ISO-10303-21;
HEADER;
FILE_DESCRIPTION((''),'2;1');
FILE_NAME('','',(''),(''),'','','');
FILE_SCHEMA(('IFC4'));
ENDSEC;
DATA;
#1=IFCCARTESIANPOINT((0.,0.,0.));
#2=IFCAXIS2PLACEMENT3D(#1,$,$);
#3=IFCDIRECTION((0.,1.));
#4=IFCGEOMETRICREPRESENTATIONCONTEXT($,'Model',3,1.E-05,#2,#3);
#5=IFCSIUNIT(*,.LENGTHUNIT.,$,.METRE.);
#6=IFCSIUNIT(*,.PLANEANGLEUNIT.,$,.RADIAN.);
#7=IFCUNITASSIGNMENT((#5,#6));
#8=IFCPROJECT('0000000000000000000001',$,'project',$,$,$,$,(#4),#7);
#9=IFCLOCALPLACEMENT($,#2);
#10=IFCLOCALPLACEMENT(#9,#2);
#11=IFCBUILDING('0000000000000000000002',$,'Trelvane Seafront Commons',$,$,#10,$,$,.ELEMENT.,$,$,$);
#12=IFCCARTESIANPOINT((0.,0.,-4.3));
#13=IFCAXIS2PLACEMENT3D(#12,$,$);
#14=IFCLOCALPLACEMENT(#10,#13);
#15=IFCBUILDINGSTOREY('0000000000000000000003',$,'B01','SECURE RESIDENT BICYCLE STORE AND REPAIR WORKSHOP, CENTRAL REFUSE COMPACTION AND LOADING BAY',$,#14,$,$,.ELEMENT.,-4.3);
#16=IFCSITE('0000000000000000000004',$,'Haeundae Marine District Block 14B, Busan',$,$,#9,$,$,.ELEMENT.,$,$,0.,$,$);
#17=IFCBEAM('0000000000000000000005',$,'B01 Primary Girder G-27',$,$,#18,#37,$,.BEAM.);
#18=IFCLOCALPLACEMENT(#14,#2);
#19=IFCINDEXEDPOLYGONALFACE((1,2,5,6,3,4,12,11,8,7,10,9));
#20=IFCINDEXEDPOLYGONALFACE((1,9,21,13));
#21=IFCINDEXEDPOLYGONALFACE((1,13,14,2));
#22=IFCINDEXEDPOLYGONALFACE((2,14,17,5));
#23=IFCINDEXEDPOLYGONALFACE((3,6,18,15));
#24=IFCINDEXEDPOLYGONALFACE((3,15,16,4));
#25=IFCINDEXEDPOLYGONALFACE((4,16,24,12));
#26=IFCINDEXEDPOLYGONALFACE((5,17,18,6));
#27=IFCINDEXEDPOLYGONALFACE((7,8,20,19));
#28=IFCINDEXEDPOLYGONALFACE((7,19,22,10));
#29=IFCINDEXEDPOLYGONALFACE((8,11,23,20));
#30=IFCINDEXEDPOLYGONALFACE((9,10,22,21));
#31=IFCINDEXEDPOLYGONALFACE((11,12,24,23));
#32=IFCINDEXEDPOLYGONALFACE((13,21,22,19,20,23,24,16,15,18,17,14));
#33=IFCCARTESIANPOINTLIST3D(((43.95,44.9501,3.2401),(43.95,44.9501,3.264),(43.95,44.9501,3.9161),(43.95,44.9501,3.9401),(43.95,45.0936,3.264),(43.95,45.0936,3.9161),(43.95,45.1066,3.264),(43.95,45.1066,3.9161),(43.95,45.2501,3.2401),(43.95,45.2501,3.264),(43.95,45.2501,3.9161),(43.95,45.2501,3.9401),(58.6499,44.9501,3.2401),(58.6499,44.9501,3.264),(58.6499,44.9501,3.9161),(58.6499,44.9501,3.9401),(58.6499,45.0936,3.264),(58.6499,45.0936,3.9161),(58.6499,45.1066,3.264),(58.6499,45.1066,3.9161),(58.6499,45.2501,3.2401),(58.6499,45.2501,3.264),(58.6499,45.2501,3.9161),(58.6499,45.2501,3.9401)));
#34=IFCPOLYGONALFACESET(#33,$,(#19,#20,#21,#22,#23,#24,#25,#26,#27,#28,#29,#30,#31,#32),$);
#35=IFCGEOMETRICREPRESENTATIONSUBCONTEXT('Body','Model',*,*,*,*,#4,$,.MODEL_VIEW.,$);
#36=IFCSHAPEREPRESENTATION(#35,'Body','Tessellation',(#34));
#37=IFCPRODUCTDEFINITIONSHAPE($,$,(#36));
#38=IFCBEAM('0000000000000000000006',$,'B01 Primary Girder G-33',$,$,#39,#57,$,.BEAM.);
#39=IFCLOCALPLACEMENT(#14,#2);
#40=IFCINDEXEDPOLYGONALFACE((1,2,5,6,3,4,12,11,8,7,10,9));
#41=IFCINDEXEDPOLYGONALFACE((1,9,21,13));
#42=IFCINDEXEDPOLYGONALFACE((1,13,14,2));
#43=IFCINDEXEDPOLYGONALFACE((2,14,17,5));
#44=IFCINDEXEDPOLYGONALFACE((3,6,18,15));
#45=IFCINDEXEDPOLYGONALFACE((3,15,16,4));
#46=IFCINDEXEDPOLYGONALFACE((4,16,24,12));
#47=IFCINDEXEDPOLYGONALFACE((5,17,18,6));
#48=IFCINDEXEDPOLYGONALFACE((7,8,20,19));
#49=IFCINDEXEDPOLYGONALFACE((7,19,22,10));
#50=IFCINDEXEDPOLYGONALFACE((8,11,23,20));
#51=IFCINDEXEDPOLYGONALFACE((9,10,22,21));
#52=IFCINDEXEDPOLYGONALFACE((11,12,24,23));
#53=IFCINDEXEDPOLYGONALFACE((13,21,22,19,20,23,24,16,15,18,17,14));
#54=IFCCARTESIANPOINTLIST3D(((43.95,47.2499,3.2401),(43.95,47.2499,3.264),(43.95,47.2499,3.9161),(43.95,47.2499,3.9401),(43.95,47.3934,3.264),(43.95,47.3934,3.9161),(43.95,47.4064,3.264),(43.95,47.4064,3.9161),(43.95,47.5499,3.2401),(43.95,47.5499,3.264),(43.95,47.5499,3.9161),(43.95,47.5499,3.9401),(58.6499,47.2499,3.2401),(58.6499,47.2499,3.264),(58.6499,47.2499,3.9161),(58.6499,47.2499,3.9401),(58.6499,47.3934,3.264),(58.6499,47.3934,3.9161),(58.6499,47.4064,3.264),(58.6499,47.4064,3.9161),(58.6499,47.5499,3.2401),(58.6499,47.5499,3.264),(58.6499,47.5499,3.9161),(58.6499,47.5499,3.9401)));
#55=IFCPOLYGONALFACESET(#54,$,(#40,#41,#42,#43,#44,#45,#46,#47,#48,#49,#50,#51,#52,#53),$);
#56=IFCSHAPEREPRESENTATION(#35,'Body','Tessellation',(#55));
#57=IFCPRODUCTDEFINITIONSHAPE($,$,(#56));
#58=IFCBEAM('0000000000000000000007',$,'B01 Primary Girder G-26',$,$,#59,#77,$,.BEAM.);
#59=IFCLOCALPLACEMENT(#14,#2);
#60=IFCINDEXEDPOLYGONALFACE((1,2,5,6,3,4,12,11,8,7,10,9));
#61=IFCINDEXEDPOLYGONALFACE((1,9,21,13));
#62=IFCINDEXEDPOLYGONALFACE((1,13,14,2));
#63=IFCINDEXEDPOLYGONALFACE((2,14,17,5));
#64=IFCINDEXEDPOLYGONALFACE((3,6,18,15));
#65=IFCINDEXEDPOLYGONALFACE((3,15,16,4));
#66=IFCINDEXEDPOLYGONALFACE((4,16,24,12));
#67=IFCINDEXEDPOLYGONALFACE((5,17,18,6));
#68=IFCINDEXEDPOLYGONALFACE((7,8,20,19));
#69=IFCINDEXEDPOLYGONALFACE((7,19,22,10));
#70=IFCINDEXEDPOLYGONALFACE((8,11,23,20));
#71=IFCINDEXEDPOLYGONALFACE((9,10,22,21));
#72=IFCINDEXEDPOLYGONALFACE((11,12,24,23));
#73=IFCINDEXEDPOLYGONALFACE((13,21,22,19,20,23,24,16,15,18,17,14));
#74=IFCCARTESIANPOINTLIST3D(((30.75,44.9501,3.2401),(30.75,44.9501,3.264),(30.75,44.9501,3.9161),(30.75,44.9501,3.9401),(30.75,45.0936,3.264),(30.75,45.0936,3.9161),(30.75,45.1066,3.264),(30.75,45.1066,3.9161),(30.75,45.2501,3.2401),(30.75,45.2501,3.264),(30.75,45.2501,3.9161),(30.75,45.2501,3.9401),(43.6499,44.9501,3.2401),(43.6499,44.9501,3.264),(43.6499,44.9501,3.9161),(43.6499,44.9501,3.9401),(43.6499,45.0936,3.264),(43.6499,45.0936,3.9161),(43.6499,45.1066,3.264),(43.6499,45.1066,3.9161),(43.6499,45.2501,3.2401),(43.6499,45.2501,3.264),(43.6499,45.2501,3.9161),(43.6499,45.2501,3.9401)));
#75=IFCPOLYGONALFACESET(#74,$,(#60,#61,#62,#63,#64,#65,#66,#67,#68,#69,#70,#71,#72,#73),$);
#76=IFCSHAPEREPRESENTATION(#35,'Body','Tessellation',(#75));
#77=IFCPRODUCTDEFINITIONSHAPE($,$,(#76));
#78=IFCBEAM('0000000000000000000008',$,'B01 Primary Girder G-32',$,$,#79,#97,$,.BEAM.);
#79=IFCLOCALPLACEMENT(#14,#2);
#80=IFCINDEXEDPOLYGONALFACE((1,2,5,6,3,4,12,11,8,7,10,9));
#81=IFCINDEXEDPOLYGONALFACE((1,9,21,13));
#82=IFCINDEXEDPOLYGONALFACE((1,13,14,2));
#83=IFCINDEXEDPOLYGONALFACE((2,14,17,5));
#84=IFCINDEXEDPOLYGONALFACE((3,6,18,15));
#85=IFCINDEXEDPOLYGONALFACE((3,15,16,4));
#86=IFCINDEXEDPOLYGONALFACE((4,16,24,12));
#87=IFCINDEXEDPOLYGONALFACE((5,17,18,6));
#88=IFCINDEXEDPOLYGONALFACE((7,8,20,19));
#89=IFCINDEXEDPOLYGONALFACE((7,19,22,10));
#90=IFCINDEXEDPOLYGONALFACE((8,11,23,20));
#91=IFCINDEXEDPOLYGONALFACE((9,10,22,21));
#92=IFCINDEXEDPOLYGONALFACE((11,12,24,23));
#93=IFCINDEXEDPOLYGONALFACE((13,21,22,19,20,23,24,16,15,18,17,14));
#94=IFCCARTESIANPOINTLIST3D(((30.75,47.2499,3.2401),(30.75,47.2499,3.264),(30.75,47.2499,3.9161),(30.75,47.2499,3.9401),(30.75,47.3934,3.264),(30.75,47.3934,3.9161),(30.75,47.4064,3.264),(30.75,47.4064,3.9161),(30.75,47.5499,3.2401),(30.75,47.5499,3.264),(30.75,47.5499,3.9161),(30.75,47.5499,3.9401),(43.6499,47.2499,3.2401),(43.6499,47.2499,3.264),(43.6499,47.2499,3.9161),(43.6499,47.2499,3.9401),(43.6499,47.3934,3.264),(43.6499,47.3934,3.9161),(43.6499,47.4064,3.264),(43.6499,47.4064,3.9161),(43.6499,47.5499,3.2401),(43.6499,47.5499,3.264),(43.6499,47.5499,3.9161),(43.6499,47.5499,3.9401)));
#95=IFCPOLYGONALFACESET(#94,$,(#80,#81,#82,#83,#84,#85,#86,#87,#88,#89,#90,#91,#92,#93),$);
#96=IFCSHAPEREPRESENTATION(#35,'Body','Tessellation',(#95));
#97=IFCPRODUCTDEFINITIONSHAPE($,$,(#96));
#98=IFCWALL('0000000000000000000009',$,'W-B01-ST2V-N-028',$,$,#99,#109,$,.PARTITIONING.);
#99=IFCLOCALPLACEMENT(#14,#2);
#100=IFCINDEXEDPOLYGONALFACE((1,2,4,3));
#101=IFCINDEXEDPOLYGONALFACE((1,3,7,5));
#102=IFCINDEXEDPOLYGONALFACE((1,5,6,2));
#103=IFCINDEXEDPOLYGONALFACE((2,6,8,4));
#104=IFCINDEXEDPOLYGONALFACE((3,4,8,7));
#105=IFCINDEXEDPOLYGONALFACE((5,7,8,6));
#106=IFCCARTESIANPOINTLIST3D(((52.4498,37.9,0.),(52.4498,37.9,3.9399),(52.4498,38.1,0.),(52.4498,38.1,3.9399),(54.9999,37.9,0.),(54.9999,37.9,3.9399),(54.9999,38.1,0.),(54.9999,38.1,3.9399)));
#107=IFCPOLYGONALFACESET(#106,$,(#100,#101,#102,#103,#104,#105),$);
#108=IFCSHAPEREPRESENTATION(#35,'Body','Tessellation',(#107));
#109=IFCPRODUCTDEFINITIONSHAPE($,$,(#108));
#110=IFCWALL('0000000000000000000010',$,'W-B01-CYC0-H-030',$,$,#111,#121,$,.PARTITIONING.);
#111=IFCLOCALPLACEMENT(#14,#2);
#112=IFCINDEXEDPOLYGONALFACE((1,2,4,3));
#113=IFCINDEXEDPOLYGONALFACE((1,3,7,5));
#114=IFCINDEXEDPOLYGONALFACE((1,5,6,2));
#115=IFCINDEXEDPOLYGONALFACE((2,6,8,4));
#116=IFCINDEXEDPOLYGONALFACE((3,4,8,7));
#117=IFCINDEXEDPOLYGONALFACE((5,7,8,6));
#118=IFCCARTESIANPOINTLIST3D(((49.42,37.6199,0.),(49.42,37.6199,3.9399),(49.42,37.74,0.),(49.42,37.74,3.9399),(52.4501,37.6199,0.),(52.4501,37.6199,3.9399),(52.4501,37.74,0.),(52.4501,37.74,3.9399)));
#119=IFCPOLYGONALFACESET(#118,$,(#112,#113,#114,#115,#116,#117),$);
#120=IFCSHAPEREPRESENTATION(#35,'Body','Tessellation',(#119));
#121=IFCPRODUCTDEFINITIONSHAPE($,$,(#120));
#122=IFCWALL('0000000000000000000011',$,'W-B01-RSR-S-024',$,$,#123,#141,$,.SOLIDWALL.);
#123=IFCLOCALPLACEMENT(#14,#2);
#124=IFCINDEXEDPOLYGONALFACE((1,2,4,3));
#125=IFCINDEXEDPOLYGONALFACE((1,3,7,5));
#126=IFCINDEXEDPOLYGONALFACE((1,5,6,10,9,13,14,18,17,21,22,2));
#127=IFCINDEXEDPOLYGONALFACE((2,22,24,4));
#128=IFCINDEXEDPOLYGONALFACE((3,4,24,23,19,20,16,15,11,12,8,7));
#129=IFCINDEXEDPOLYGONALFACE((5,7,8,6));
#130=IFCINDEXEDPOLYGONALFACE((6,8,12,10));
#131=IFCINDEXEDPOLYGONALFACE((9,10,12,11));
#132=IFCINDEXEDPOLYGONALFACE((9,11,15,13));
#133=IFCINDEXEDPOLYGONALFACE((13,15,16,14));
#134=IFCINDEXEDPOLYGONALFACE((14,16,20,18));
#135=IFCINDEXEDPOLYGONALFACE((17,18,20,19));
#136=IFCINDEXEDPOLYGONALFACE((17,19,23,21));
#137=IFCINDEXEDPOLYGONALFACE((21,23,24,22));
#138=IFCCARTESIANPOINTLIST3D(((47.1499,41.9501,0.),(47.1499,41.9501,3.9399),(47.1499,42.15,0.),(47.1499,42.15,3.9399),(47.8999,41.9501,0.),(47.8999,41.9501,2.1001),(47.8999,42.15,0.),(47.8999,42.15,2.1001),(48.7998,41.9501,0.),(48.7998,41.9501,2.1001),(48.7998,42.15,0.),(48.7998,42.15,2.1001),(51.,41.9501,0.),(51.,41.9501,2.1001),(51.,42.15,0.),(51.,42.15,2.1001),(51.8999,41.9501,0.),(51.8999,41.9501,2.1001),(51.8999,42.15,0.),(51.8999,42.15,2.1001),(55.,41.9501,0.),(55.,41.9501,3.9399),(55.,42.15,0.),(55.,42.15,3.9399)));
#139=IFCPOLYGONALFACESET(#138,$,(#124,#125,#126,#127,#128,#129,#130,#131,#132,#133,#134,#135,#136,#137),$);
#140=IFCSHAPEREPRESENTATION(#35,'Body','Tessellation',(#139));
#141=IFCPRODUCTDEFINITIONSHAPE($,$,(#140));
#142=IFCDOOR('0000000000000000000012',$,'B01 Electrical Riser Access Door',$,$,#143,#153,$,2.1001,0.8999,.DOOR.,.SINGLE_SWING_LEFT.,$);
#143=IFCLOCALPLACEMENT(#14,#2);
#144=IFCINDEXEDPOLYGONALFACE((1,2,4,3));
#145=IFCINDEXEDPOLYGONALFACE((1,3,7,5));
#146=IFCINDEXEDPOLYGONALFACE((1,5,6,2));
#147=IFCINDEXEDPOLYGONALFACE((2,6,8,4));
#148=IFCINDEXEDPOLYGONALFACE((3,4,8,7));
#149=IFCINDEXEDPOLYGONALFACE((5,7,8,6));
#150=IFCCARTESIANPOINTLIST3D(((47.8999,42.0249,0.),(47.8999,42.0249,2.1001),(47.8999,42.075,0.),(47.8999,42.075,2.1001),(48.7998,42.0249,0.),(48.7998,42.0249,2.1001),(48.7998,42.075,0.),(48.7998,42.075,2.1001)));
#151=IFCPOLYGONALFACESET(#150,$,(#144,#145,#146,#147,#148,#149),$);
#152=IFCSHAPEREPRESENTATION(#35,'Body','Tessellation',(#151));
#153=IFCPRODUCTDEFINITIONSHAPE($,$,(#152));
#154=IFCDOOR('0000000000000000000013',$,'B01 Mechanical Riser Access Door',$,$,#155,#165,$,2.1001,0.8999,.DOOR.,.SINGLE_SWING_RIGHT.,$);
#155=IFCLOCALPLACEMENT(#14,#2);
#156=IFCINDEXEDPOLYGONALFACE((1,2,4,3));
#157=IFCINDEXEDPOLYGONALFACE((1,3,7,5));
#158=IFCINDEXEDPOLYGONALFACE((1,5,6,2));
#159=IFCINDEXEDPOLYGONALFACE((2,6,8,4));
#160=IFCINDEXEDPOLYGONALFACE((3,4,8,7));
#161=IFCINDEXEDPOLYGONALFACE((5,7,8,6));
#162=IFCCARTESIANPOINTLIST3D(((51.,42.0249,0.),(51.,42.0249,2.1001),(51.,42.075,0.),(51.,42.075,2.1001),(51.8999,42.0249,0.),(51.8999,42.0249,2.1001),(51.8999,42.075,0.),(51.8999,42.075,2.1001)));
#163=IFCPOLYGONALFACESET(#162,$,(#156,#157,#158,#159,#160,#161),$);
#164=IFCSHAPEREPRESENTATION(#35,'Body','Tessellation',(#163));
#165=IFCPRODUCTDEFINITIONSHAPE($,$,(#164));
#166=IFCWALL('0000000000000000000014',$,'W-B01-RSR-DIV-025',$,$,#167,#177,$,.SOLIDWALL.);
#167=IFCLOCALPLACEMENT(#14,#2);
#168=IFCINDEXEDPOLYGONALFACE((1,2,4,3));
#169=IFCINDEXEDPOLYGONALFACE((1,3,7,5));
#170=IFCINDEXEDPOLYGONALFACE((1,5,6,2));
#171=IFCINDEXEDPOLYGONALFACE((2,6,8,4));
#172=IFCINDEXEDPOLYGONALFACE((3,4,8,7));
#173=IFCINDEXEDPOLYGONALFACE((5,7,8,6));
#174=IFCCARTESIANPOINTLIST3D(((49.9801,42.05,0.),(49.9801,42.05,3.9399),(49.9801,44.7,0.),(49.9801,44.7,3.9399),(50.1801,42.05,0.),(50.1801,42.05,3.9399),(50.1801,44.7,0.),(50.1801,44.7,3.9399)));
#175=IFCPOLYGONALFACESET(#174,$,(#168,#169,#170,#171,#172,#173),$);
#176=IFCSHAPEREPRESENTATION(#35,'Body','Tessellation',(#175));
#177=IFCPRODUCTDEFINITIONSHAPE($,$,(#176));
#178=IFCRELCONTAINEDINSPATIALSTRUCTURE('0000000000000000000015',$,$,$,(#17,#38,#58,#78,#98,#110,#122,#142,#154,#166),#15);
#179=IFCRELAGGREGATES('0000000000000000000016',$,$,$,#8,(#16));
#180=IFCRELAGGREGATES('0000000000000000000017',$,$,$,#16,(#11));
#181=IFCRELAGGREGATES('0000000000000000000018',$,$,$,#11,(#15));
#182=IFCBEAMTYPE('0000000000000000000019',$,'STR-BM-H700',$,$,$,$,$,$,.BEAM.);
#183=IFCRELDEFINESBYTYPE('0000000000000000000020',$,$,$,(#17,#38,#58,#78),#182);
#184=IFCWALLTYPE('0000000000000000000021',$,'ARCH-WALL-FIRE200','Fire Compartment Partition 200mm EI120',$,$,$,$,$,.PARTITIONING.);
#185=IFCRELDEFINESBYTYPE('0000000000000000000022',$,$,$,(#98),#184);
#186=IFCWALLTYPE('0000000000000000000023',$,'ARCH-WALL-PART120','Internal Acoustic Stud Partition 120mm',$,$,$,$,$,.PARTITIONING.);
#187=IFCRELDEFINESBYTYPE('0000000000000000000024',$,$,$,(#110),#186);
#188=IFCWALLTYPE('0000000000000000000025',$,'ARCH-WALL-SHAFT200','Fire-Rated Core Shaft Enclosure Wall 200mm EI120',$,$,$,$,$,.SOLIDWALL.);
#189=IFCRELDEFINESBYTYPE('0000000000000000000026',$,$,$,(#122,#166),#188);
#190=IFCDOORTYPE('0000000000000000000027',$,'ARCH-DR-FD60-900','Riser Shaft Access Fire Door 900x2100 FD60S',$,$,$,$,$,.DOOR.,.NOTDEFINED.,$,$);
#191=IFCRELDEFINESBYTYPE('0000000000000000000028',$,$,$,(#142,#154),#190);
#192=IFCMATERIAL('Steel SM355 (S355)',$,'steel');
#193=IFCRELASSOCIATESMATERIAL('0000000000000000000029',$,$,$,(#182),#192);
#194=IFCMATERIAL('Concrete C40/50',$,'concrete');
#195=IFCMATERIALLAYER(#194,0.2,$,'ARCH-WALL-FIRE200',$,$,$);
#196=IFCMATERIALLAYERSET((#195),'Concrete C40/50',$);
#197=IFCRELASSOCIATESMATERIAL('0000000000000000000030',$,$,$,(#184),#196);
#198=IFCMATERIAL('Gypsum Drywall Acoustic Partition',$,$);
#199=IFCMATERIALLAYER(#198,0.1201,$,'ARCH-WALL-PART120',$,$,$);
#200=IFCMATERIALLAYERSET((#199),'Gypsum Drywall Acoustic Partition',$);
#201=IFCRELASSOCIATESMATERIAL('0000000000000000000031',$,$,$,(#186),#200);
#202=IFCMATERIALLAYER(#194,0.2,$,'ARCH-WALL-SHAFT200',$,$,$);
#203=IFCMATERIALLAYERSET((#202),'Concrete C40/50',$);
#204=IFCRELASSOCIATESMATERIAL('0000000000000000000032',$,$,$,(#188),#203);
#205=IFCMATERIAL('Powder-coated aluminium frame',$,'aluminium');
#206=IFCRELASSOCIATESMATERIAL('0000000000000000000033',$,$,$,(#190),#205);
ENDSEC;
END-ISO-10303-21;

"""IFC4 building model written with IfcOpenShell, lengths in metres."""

from ifc_helpers import new_model, si_unit, direction, frame, frame_2d, origin, origin_2d, place, context, subcontext, project, spatial, rectangle, i_section, extrude, source, transform, mapped, material, layer, layer_set, material_profile, profile_set, type_object, element, fill, save


model = new_model("IFC4")

# Units and contexts
model_context = context("Model", 3, precision=1e-05, world=origin(), true_north=direction((0.0, 1.0)))
body_context = subcontext(model_context, "Body", "Model", "MODEL_VIEW")
ifc_project = project(units=[si_unit("LENGTHUNIT", "METRE"), si_unit("PLANEANGLEUNIT", "RADIAN")], contexts=[model_context])

# Site, building, storey
site_placement = place(None, origin())
site = spatial("IfcSite", under=ifc_project, at=site_placement, Name="Haeundae Marine District Block 14B, Busan", CompositionType="ELEMENT", RefElevation=0.0)
building_placement = place(site_placement, origin())
building = spatial("IfcBuilding", under=site, at=building_placement, Name="Trelvane Seafront Commons", CompositionType="ELEMENT")
storey_placement = place(building_placement, frame((0.0, 0.0, -4.3)))
storey = spatial("IfcBuildingStorey", under=building, at=storey_placement, Name="B01", Description="SECURE RESIDENT BICYCLE STORE AND REPAIR WORKSHOP, CENTRAL REFUSE COMPACTION AND LOADING BAY", CompositionType="ELEMENT", Elevation=-4.3)

# Beams
ifc_material_1 = material(Name="Steel SM355 (S355)", Category="steel")
ifc_material_profile_1 = material_profile(ifc_material_1, i_section(OverallWidth=0.3, OverallDepth=0.7, WebThickness=0.0129, FlangeThickness=0.0239, at=origin_2d()), Name="H-700x300x13x24")
ifc_profile_set_1 = profile_set([ifc_material_profile_1], Name="Steel SM355 (S355)")
beam_type_1 = type_object("IfcBeamType", Name="STR-BM-H700", PredefinedType="BEAM", material=ifc_profile_set_1)
shared_shape_1 = source(origin(), body_context, "Body", "SweptSolid", [
    extrude(i_section(OverallWidth=0.3, OverallDepth=0.7, WebThickness=0.0129, FlangeThickness=0.0239, at=origin_2d()), origin(), (0.0, 0.0, 1.0), 14.7),
])
for number, where, z_axis, x_axis, name in (
    (1, (43.95, 45.1001, 3.5901), (1.0, 0.0, 0.0), (0.0, 1.0, 0.0), "B01 Primary Girder G-27"),
    (2, (43.95, 47.3999, 3.5901), (1.0, 0.0, 0.0), (0.0, 1.0, 0.0), "B01 Primary Girder G-33"),
):
    element("IfcBeam", number, at=place(storey_placement, frame(where, z_axis=z_axis, x_axis=x_axis)), inside=storey, type_object=beam_type_1, Name=name, PredefinedType="BEAM", context=body_context, shape_type="MappedRepresentation", body=[
        mapped(shared_shape_1, transform((0.0, 0.0, 0.0), x_axis=(1.0, 0.0, 0.0), y_axis=(0.0, 1.0, 0.0), z_axis=(0.0, 0.0, 1.0), scale=1.0)),
    ])
shared_shape_2 = source(origin(), body_context, "Body", "SweptSolid", [
    extrude(i_section(OverallWidth=0.3, OverallDepth=0.7, WebThickness=0.0129, FlangeThickness=0.0239, at=origin_2d()), origin(), (0.0, 0.0, 1.0), 12.8999),
])
for number, where, z_axis, x_axis, name in (
    (3, (30.75, 45.1001, 3.5901), (1.0, 0.0, 0.0), (0.0, 1.0, 0.0), "B01 Primary Girder G-26"),
    (4, (30.75, 47.3999, 3.5901), (1.0, 0.0, 0.0), (0.0, 1.0, 0.0), "B01 Primary Girder G-32"),
):
    element("IfcBeam", number, at=place(storey_placement, frame(where, z_axis=z_axis, x_axis=x_axis)), inside=storey, type_object=beam_type_1, Name=name, PredefinedType="BEAM", context=body_context, shape_type="MappedRepresentation", body=[
        mapped(shared_shape_2, transform((0.0, 0.0, 0.0), x_axis=(1.0, 0.0, 0.0), y_axis=(0.0, 1.0, 0.0), z_axis=(0.0, 0.0, 1.0), scale=1.0)),
    ])

# Walls
ifc_material_2 = material(Name="Concrete C40/50", Category="concrete")
ifc_layer_1 = layer(ifc_material_2, 0.2, Name="ARCH-WALL-FIRE200")
ifc_layer_set_1 = layer_set([ifc_layer_1], Name="Concrete C40/50")
wall_type_1 = type_object("IfcWallType", Name="ARCH-WALL-FIRE200", Description="Fire Compartment Partition 200mm EI120", PredefinedType="PARTITIONING", material=ifc_layer_set_1)
wall_1_placement = place(storey_placement, frame((52.45, 38.0, 0.0), z_axis=(0.0, 0.0, 1.0), x_axis=(1.0, 0.0, 0.0)))
element("IfcWall", 5, at=wall_1_placement, inside=storey, type_object=wall_type_1, Name="W-B01-ST2V-N-028", PredefinedType="PARTITIONING", context=body_context, shape_type="SweptSolid", body=[
    extrude(rectangle(XDim=2.55, YDim=0.2, at=frame_2d((1.2749, 0.0))), origin(), (0.0, 0.0, 1.0), 3.9399),
])
ifc_material_3 = material(Name="Gypsum Drywall Acoustic Partition")
ifc_layer_2 = layer(ifc_material_3, 0.1201, Name="ARCH-WALL-PART120")
ifc_layer_set_2 = layer_set([ifc_layer_2], Name="Gypsum Drywall Acoustic Partition")
wall_type_2 = type_object("IfcWallType", Name="ARCH-WALL-PART120", Description="Internal Acoustic Stud Partition 120mm", PredefinedType="PARTITIONING", material=ifc_layer_set_2)
wall_2_placement = place(storey_placement, frame((49.4199, 37.6799, 0.0), z_axis=(0.0, 0.0, 1.0), x_axis=(1.0, 0.0, 0.0)))
element("IfcWall", 6, at=wall_2_placement, inside=storey, type_object=wall_type_2, Name="W-B01-CYC0-H-030", PredefinedType="PARTITIONING", context=body_context, shape_type="SweptSolid", body=[
    extrude(rectangle(XDim=3.03, YDim=0.1201, at=frame_2d((1.5151, 0.0))), origin(), (0.0, 0.0, 1.0), 3.9399),
])

# Wall, openings, doors
ifc_layer_3 = layer(ifc_material_2, 0.2, Name="ARCH-WALL-SHAFT200")
ifc_layer_set_3 = layer_set([ifc_layer_3], Name="Concrete C40/50")
wall_type_3 = type_object("IfcWallType", Name="ARCH-WALL-SHAFT200", Description="Fire-Rated Core Shaft Enclosure Wall 200mm EI120", PredefinedType="SOLIDWALL", material=ifc_layer_set_3)
wall_3_placement = place(storey_placement, frame((47.1499, 42.05, 0.0), z_axis=(0.0, 0.0, 1.0), x_axis=(1.0, 0.0, 0.0)))
wall_3 = element("IfcWall", 7, at=wall_3_placement, inside=storey, type_object=wall_type_3, Name="W-B01-RSR-S-024", PredefinedType="SOLIDWALL", context=body_context, shape_type="SweptSolid", body=[
    extrude(rectangle(XDim=7.8501, YDim=0.2, at=frame_2d((3.925, 0.0))), origin(), (0.0, 0.0, 1.0), 3.9399),
])
opening_1_placement = place(wall_3_placement, frame((0.75, 0.0, 0.0)))
opening_1 = element("IfcOpeningElement", 8, at=opening_1_placement, cuts=wall_3, PredefinedType="OPENING", context=body_context, shape_type="SweptSolid", body=[
    extrude(rectangle(XDim=0.8999, YDim=2.1001, at=frame_2d((0.45, 1.05))), frame((0.0, 0.1099, 0.0), z_axis=(0.0, -1.0, 0.0), x_axis=(1.0, 0.0, 0.0)), (0.0, 0.0, 1.0), 0.22),
])
opening_2_placement = place(wall_3_placement, frame((3.8501, 0.0, 0.0)))
opening_2 = element("IfcOpeningElement", 9, at=opening_2_placement, cuts=wall_3, PredefinedType="OPENING", context=body_context, shape_type="SweptSolid", body=[
    extrude(rectangle(XDim=0.8999, YDim=2.1001, at=frame_2d((0.45, 1.05))), frame((0.0, 0.1099, 0.0), z_axis=(0.0, -1.0, 0.0), x_axis=(1.0, 0.0, 0.0)), (0.0, 0.0, 1.0), 0.22),
])
ifc_material_4 = material(Name="Powder-coated aluminium frame", Category="aluminium")
door_type = type_object("IfcDoorType", Name="ARCH-DR-FD60-900", Description="Riser Shaft Access Fire Door 900x2100 FD60S", OperationType="NOTDEFINED", PredefinedType="DOOR", material=ifc_material_4)
shared_shape_3 = source(origin(), body_context, "Body", "SweptSolid", [
    extrude(rectangle(XDim=0.8999, YDim=2.1001, at=frame_2d((0.45, 1.05))), frame((0.0, 0.0249, 0.0), z_axis=(0.0, -1.0, 0.0), x_axis=(1.0, 0.0, 0.0)), (0.0, 0.0, 1.0), 0.05),
])
door_1_placement = place(opening_1_placement, origin())
door_1 = element("IfcDoor", 10, at=door_1_placement, inside=storey, type_object=door_type, Name="B01 Electrical Riser Access Door", OperationType="SINGLE_SWING_LEFT", OverallHeight=2.1001, OverallWidth=0.8999, PredefinedType="DOOR", context=body_context, shape_type="MappedRepresentation", body=[
    mapped(shared_shape_3, transform((0.0, 0.0, 0.0), x_axis=(1.0, 0.0, 0.0), y_axis=(0.0, 1.0, 0.0), z_axis=(0.0, 0.0, 1.0), scale=1.0)),
])
fill(opening_1, door_1)
door_2_placement = place(opening_2_placement, origin())
door_2 = element("IfcDoor", 11, at=door_2_placement, inside=storey, type_object=door_type, Name="B01 Mechanical Riser Access Door", OperationType="SINGLE_SWING_RIGHT", OverallHeight=2.1001, OverallWidth=0.8999, PredefinedType="DOOR", context=body_context, shape_type="MappedRepresentation", body=[
    mapped(shared_shape_3, transform((0.0, 0.0, 0.0), x_axis=(1.0, 0.0, 0.0), y_axis=(0.0, 1.0, 0.0), z_axis=(0.0, 0.0, 1.0), scale=1.0)),
])
fill(opening_2, door_2)

# Wall
for number, where, z_axis, x_axis, name in (
    (12, (50.0801, 42.05, 0.0), (0.0, 0.0, 1.0), (0.0, 1.0, 0.0), "W-B01-RSR-DIV-025"),
):
    element("IfcWall", number, at=place(storey_placement, frame(where, z_axis=z_axis, x_axis=x_axis)), inside=storey, type_object=wall_type_3, Name=name, PredefinedType="SOLIDWALL", context=body_context, shape_type="SweptSolid", body=[
        extrude(rectangle(XDim=2.6499, YDim=0.2, at=frame_2d((1.325, 0.0))), origin(), (0.0, 0.0, 1.0), 3.9399),
    ])

save(model, "model.ifc")
